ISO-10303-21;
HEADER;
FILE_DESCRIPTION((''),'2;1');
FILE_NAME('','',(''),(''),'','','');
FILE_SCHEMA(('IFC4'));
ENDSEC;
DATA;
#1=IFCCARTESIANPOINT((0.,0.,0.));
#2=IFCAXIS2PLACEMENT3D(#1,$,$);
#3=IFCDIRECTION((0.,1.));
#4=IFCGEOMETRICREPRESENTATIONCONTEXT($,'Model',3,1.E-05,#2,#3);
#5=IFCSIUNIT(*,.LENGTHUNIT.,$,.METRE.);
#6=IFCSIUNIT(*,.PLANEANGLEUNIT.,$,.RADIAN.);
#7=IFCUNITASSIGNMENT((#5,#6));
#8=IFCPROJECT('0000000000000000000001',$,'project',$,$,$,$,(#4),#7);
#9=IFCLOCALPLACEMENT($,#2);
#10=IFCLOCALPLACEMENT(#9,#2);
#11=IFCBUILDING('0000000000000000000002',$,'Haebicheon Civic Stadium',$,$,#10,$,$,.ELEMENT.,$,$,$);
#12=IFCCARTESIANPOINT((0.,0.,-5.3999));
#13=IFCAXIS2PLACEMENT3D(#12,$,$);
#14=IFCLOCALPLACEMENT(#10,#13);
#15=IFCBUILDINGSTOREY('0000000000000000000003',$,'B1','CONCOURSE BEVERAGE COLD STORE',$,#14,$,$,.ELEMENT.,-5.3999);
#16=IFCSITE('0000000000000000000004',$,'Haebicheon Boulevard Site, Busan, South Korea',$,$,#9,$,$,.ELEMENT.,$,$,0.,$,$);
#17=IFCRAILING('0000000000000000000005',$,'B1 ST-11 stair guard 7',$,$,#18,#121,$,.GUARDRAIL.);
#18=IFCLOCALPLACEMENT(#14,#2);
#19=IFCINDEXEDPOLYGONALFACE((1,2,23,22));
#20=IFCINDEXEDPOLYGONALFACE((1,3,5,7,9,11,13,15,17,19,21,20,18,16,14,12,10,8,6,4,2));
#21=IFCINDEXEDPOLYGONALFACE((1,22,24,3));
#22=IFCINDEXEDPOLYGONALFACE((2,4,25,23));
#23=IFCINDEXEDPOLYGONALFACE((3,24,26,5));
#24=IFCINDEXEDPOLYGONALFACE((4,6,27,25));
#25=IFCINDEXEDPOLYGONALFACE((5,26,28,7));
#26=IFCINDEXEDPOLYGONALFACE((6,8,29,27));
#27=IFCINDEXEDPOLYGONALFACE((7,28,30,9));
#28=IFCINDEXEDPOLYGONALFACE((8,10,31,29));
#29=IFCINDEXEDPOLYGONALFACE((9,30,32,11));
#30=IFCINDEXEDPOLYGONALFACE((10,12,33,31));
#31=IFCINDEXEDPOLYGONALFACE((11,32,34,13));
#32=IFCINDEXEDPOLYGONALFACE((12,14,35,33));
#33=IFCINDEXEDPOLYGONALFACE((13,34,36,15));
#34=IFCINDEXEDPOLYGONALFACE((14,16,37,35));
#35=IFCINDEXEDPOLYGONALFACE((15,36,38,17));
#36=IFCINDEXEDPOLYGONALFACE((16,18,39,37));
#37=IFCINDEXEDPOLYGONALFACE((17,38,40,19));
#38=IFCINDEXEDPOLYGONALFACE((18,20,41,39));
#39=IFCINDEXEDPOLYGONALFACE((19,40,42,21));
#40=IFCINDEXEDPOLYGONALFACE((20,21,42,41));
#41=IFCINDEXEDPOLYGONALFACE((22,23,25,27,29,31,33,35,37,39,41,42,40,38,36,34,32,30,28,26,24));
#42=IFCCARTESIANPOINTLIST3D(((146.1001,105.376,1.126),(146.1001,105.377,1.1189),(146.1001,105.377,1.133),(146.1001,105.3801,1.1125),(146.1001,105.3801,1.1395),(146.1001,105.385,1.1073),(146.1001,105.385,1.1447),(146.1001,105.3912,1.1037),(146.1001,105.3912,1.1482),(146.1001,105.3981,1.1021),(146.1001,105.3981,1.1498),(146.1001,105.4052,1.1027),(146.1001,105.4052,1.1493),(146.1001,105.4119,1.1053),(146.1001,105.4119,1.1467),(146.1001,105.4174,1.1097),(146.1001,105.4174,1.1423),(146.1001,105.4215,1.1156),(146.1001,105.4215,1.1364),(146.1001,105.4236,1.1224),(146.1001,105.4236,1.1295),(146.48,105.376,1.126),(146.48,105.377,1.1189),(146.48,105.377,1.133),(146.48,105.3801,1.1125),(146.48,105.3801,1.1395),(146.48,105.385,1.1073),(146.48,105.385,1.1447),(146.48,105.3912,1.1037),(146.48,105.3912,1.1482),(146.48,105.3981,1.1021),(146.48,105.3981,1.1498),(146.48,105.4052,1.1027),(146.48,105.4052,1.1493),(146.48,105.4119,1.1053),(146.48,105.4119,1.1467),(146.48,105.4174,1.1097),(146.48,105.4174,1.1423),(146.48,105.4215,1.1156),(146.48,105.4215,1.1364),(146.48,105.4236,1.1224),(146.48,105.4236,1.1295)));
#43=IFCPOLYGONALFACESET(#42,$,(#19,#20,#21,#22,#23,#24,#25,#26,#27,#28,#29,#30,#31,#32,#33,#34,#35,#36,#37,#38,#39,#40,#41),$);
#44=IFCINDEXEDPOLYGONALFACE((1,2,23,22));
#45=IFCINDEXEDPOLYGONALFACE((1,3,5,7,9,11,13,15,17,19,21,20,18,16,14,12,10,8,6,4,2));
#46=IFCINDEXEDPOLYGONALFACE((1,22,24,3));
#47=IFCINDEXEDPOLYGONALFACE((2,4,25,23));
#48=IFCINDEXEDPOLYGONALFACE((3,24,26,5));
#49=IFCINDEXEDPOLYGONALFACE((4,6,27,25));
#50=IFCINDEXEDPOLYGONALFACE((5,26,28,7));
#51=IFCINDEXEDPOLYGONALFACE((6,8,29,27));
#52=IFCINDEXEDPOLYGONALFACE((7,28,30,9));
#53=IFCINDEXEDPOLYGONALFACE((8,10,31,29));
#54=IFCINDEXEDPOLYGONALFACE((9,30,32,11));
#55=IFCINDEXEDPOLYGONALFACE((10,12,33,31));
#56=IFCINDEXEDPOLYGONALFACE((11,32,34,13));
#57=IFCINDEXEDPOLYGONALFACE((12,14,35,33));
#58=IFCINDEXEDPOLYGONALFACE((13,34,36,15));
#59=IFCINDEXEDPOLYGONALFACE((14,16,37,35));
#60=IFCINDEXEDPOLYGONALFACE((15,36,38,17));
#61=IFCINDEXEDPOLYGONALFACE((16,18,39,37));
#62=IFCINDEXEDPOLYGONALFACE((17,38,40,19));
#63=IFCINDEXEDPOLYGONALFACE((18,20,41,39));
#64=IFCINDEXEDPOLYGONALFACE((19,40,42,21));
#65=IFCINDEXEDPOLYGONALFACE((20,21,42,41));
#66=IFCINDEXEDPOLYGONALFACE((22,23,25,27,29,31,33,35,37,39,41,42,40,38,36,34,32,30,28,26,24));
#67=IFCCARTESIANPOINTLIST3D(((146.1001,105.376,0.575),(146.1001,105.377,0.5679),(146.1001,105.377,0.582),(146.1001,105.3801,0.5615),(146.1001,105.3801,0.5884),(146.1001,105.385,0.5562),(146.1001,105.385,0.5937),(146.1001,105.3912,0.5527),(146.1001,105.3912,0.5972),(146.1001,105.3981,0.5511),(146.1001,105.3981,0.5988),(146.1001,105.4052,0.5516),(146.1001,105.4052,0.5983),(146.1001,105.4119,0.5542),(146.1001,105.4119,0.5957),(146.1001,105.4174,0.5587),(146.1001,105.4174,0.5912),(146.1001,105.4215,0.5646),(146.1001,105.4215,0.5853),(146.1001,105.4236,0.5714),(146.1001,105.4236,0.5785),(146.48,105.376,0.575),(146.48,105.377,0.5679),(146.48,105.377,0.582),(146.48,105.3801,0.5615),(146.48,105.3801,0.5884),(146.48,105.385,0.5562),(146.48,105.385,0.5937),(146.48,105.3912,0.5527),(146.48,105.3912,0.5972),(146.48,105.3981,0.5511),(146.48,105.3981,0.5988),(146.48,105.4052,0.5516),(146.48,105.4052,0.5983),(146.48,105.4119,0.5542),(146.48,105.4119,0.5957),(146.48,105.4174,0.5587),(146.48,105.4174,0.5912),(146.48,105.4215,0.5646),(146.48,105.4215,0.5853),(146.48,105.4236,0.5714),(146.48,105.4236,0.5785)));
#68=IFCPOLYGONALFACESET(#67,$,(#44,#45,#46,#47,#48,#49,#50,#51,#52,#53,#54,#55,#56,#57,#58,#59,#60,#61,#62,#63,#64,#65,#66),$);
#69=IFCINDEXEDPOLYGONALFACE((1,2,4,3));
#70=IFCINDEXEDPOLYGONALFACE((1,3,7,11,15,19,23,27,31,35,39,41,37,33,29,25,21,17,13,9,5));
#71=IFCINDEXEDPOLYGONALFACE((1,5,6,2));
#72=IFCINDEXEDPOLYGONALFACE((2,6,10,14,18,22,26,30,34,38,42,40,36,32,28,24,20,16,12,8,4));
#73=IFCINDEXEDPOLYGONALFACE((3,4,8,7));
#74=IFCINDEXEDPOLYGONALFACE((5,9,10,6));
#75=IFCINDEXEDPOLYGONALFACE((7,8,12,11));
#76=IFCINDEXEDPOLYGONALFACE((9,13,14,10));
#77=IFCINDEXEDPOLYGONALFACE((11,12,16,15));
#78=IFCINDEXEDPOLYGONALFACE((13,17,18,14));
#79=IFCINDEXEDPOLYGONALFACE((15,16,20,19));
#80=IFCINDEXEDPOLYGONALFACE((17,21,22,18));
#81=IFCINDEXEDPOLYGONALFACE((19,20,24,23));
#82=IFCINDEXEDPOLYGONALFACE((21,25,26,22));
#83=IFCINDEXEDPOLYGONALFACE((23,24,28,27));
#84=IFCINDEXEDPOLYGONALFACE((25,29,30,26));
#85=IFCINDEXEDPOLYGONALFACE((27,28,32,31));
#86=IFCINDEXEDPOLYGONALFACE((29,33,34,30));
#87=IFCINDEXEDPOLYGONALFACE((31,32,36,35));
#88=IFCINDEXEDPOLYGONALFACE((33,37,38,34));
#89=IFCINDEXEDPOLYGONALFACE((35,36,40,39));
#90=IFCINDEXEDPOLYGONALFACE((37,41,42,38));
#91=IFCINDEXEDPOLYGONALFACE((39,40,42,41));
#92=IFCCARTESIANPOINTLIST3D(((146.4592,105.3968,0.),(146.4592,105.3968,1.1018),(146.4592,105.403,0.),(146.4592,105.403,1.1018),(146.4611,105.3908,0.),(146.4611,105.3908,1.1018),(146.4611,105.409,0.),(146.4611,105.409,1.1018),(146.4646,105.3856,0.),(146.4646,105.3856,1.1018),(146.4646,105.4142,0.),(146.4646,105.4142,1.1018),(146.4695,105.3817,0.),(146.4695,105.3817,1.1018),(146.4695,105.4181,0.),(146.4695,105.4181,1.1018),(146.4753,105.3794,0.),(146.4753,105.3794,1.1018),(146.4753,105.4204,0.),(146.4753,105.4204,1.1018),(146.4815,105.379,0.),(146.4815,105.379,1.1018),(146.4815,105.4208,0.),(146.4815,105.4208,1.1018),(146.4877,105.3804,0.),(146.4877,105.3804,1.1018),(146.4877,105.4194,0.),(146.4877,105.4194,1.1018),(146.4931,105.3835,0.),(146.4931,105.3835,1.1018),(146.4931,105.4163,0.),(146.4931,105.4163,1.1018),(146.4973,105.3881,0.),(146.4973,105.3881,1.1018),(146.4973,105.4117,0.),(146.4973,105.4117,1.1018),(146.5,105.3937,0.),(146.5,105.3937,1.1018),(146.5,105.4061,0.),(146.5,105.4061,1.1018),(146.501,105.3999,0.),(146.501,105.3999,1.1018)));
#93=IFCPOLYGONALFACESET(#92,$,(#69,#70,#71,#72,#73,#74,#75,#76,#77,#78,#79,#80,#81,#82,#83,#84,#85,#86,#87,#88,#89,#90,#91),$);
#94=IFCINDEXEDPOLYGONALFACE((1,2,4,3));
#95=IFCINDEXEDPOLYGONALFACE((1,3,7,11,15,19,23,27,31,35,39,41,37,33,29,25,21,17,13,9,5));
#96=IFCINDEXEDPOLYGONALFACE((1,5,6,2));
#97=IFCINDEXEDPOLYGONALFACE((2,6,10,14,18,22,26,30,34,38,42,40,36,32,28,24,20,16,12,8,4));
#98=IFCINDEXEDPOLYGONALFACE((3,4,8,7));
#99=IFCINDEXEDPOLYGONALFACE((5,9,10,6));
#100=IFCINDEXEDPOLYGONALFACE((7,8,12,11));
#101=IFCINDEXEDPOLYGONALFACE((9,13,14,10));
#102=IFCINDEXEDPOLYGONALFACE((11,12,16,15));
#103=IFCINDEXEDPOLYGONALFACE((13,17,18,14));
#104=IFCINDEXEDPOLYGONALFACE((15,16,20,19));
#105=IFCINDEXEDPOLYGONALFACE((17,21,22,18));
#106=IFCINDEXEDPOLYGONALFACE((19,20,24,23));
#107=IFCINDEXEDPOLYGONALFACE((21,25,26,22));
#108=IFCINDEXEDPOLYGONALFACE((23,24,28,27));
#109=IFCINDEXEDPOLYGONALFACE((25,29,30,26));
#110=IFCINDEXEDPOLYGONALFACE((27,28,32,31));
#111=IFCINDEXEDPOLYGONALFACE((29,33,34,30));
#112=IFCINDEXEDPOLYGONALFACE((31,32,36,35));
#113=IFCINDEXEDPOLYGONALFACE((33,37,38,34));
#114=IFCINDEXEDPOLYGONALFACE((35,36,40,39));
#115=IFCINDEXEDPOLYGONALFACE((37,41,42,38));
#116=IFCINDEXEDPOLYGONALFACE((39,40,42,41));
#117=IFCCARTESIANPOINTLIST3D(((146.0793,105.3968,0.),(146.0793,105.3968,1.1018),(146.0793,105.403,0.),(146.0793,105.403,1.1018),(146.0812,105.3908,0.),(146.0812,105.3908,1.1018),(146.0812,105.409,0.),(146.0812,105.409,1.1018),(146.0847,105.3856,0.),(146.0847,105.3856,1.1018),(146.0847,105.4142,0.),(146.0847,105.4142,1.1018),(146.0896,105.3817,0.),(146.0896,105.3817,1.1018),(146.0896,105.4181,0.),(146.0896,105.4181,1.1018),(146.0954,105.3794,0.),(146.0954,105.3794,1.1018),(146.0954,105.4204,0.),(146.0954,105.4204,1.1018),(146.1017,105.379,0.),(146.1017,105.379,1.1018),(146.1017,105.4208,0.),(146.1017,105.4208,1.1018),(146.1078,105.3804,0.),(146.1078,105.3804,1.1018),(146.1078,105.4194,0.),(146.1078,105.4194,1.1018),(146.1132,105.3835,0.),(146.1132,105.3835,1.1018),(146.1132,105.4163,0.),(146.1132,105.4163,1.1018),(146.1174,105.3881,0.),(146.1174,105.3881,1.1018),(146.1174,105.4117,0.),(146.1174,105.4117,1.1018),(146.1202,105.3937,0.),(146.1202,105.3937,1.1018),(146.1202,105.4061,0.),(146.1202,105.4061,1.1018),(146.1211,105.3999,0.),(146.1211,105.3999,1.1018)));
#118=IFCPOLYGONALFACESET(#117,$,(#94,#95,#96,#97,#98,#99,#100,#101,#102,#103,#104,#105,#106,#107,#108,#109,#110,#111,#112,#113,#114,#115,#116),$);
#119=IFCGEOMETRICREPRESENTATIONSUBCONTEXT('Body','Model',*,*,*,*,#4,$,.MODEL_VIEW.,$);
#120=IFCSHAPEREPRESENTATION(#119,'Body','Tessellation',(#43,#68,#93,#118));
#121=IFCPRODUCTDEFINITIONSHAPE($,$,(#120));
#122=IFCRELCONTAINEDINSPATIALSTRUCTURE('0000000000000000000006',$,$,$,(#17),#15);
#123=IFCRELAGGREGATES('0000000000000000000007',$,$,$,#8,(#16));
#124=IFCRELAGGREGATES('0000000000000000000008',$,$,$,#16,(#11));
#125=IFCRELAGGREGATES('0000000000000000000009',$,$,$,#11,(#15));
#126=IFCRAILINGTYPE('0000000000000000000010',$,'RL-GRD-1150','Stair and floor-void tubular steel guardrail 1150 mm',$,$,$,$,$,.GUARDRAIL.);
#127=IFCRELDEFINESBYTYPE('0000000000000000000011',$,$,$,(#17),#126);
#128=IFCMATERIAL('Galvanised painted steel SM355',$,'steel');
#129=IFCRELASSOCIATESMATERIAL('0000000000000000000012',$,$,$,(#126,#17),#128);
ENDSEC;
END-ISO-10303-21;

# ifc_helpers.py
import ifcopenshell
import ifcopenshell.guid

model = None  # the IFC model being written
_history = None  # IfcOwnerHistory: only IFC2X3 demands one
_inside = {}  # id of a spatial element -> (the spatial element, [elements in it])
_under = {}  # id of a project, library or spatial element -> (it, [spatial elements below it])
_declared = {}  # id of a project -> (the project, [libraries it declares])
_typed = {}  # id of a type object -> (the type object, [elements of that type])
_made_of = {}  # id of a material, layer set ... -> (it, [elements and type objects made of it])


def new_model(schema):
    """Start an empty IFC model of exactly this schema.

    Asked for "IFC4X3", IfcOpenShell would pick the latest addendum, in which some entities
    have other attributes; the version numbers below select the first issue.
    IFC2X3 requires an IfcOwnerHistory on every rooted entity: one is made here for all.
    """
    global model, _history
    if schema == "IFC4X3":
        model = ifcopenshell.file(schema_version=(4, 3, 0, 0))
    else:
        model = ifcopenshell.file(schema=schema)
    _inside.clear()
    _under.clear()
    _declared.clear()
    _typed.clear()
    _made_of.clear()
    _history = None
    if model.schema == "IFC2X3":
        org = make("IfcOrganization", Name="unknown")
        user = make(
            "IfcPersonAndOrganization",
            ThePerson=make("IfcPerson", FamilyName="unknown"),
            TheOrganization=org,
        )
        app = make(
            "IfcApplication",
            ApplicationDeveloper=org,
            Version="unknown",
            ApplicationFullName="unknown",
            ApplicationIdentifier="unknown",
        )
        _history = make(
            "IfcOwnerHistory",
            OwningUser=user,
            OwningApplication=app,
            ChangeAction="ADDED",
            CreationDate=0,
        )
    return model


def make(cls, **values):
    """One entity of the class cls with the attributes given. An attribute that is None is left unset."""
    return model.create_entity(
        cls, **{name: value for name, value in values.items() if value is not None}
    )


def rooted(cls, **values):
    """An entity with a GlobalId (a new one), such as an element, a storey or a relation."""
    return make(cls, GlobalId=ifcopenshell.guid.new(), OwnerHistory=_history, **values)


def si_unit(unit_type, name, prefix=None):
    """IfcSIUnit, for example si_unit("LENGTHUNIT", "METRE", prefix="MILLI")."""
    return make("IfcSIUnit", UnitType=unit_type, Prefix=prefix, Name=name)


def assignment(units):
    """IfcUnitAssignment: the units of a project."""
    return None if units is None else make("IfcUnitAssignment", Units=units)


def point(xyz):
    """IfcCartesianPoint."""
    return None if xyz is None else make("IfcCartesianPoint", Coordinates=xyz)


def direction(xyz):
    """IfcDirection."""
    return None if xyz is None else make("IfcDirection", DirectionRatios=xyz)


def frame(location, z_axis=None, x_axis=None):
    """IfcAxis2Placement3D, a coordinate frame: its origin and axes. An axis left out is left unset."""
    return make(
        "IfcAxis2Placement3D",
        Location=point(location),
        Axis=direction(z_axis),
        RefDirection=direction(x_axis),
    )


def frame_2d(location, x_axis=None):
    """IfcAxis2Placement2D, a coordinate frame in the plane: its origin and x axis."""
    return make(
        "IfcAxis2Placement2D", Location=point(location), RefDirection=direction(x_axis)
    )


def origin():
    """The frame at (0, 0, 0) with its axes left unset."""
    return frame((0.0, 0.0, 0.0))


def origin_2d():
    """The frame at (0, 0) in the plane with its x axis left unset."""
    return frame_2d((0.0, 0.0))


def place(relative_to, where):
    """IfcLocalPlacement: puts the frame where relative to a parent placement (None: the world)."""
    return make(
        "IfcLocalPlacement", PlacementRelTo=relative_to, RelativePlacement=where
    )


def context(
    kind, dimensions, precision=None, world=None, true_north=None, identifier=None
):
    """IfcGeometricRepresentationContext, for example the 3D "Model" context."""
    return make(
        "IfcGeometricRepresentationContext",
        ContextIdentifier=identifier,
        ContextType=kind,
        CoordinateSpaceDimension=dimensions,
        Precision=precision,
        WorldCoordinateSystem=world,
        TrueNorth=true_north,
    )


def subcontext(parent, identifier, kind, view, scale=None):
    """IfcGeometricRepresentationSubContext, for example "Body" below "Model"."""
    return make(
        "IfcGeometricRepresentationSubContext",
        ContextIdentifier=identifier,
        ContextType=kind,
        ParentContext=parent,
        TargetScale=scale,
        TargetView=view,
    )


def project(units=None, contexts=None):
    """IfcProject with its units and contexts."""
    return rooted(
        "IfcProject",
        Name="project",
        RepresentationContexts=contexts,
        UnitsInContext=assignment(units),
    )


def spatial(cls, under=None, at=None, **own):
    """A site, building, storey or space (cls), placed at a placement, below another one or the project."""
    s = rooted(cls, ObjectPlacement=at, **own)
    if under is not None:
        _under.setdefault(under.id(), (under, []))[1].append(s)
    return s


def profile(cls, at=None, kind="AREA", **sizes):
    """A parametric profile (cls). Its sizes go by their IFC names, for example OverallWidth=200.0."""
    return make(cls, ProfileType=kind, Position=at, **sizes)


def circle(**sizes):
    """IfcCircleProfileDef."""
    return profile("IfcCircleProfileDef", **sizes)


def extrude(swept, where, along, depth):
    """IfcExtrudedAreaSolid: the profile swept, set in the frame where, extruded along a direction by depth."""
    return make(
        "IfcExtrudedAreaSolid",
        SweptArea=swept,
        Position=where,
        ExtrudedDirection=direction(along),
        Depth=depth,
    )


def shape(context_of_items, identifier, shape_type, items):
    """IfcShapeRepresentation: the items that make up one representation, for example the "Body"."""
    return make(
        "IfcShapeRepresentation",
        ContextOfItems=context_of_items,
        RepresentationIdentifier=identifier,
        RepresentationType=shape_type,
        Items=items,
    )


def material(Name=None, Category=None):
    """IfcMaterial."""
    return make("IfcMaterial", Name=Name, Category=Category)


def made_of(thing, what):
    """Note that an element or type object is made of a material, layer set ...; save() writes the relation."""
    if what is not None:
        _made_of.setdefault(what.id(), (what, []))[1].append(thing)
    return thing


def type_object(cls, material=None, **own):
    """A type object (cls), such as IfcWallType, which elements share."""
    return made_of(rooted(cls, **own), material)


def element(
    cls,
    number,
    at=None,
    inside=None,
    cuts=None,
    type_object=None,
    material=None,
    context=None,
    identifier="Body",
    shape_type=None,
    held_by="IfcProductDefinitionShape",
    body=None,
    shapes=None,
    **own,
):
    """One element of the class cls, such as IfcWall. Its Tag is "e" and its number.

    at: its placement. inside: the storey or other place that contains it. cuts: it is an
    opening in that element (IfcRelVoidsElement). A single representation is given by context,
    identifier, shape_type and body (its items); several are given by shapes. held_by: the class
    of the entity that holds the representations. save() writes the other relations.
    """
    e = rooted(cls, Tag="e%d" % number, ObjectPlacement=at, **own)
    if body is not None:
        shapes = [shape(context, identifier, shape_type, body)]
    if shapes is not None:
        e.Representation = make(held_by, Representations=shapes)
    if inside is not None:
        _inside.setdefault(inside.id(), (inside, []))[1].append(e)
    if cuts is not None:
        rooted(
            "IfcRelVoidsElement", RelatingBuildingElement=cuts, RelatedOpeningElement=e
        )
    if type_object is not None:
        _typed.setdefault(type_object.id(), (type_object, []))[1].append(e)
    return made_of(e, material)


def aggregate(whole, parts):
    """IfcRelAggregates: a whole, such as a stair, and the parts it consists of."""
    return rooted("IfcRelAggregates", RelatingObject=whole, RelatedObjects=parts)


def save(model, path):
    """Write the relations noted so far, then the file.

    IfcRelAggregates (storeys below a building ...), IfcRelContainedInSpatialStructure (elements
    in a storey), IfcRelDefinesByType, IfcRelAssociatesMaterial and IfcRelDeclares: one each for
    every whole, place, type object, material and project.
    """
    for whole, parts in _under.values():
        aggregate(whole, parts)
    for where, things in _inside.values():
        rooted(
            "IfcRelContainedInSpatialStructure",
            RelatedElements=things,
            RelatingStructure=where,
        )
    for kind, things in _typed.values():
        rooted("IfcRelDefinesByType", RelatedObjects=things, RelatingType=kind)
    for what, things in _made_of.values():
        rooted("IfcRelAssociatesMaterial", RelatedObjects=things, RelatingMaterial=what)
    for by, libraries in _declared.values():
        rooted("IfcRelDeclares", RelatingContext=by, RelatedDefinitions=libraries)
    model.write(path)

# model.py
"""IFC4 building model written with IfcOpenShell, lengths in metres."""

from ifc_helpers import new_model, si_unit, direction, frame, origin, origin_2d, place, context, subcontext, project, spatial, circle, extrude, material, type_object, element, save


model = new_model("IFC4")

# Units and contexts
model_context = context("Model", 3, precision=1e-05, world=origin(), true_north=direction((0.0, 1.0)))
body_context = subcontext(model_context, "Body", "Model", "MODEL_VIEW")
ifc_project = project(units=[si_unit("LENGTHUNIT", "METRE"), si_unit("PLANEANGLEUNIT", "RADIAN")], contexts=[model_context])

# Site, building, storey
site_placement = place(None, origin())
site = spatial("IfcSite", under=ifc_project, at=site_placement, Name="Haebicheon Boulevard Site, Busan, South Korea", CompositionType="ELEMENT", RefElevation=0.0)
building_placement = place(site_placement, origin())
building = spatial("IfcBuilding", under=site, at=building_placement, Name="Haebicheon Civic Stadium", CompositionType="ELEMENT")
storey_placement = place(building_placement, frame((0.0, 0.0, -5.3999)))
storey = spatial("IfcBuildingStorey", under=building, at=storey_placement, Name="B1", Description="CONCOURSE BEVERAGE COLD STORE", CompositionType="ELEMENT", Elevation=-5.3999)

# Railing
ifc_material_1 = material(Name="Galvanised painted steel SM355", Category="steel")
railing_type_1 = type_object("IfcRailingType", Name="RL-GRD-1150", Description="Stair and floor-void tubular steel guardrail 1150 mm", PredefinedType="GUARDRAIL", material=ifc_material_1)
railing_1_placement = place(storey_placement, frame((146.48, 105.3999, 0.0)))
element("IfcRailing", 1, at=railing_1_placement, inside=storey, type_object=railing_type_1, material=ifc_material_1, Name="B1 ST-11 stair guard 7", PredefinedType="GUARDRAIL", context=body_context, shape_type="SweptSolid", body=[
    extrude(circle(Radius=0.0239, at=origin_2d()), frame((0.0, 0.0, 1.126), z_axis=(-1.0, 0.0, 0.0), x_axis=(0.0, -1.0, 0.0)), (0.0, 0.0, 1.0), 0.3799),
    extrude(circle(Radius=0.0239, at=origin_2d()), frame((0.0, 0.0, 0.575), z_axis=(-1.0, 0.0, 0.0), x_axis=(0.0, -1.0, 0.0)), (0.0, 0.0, 1.0), 0.3799),
    extrude(circle(Radius=0.021, at=origin_2d()), origin(), (0.0, 0.0, 1.0), 1.1018),
    extrude(circle(Radius=0.021, at=origin_2d()), frame((-0.3799, 0.0, 0.0)), (0.0, 0.0, 1.0), 1.1018),
])

save(model, "model.ifc")
